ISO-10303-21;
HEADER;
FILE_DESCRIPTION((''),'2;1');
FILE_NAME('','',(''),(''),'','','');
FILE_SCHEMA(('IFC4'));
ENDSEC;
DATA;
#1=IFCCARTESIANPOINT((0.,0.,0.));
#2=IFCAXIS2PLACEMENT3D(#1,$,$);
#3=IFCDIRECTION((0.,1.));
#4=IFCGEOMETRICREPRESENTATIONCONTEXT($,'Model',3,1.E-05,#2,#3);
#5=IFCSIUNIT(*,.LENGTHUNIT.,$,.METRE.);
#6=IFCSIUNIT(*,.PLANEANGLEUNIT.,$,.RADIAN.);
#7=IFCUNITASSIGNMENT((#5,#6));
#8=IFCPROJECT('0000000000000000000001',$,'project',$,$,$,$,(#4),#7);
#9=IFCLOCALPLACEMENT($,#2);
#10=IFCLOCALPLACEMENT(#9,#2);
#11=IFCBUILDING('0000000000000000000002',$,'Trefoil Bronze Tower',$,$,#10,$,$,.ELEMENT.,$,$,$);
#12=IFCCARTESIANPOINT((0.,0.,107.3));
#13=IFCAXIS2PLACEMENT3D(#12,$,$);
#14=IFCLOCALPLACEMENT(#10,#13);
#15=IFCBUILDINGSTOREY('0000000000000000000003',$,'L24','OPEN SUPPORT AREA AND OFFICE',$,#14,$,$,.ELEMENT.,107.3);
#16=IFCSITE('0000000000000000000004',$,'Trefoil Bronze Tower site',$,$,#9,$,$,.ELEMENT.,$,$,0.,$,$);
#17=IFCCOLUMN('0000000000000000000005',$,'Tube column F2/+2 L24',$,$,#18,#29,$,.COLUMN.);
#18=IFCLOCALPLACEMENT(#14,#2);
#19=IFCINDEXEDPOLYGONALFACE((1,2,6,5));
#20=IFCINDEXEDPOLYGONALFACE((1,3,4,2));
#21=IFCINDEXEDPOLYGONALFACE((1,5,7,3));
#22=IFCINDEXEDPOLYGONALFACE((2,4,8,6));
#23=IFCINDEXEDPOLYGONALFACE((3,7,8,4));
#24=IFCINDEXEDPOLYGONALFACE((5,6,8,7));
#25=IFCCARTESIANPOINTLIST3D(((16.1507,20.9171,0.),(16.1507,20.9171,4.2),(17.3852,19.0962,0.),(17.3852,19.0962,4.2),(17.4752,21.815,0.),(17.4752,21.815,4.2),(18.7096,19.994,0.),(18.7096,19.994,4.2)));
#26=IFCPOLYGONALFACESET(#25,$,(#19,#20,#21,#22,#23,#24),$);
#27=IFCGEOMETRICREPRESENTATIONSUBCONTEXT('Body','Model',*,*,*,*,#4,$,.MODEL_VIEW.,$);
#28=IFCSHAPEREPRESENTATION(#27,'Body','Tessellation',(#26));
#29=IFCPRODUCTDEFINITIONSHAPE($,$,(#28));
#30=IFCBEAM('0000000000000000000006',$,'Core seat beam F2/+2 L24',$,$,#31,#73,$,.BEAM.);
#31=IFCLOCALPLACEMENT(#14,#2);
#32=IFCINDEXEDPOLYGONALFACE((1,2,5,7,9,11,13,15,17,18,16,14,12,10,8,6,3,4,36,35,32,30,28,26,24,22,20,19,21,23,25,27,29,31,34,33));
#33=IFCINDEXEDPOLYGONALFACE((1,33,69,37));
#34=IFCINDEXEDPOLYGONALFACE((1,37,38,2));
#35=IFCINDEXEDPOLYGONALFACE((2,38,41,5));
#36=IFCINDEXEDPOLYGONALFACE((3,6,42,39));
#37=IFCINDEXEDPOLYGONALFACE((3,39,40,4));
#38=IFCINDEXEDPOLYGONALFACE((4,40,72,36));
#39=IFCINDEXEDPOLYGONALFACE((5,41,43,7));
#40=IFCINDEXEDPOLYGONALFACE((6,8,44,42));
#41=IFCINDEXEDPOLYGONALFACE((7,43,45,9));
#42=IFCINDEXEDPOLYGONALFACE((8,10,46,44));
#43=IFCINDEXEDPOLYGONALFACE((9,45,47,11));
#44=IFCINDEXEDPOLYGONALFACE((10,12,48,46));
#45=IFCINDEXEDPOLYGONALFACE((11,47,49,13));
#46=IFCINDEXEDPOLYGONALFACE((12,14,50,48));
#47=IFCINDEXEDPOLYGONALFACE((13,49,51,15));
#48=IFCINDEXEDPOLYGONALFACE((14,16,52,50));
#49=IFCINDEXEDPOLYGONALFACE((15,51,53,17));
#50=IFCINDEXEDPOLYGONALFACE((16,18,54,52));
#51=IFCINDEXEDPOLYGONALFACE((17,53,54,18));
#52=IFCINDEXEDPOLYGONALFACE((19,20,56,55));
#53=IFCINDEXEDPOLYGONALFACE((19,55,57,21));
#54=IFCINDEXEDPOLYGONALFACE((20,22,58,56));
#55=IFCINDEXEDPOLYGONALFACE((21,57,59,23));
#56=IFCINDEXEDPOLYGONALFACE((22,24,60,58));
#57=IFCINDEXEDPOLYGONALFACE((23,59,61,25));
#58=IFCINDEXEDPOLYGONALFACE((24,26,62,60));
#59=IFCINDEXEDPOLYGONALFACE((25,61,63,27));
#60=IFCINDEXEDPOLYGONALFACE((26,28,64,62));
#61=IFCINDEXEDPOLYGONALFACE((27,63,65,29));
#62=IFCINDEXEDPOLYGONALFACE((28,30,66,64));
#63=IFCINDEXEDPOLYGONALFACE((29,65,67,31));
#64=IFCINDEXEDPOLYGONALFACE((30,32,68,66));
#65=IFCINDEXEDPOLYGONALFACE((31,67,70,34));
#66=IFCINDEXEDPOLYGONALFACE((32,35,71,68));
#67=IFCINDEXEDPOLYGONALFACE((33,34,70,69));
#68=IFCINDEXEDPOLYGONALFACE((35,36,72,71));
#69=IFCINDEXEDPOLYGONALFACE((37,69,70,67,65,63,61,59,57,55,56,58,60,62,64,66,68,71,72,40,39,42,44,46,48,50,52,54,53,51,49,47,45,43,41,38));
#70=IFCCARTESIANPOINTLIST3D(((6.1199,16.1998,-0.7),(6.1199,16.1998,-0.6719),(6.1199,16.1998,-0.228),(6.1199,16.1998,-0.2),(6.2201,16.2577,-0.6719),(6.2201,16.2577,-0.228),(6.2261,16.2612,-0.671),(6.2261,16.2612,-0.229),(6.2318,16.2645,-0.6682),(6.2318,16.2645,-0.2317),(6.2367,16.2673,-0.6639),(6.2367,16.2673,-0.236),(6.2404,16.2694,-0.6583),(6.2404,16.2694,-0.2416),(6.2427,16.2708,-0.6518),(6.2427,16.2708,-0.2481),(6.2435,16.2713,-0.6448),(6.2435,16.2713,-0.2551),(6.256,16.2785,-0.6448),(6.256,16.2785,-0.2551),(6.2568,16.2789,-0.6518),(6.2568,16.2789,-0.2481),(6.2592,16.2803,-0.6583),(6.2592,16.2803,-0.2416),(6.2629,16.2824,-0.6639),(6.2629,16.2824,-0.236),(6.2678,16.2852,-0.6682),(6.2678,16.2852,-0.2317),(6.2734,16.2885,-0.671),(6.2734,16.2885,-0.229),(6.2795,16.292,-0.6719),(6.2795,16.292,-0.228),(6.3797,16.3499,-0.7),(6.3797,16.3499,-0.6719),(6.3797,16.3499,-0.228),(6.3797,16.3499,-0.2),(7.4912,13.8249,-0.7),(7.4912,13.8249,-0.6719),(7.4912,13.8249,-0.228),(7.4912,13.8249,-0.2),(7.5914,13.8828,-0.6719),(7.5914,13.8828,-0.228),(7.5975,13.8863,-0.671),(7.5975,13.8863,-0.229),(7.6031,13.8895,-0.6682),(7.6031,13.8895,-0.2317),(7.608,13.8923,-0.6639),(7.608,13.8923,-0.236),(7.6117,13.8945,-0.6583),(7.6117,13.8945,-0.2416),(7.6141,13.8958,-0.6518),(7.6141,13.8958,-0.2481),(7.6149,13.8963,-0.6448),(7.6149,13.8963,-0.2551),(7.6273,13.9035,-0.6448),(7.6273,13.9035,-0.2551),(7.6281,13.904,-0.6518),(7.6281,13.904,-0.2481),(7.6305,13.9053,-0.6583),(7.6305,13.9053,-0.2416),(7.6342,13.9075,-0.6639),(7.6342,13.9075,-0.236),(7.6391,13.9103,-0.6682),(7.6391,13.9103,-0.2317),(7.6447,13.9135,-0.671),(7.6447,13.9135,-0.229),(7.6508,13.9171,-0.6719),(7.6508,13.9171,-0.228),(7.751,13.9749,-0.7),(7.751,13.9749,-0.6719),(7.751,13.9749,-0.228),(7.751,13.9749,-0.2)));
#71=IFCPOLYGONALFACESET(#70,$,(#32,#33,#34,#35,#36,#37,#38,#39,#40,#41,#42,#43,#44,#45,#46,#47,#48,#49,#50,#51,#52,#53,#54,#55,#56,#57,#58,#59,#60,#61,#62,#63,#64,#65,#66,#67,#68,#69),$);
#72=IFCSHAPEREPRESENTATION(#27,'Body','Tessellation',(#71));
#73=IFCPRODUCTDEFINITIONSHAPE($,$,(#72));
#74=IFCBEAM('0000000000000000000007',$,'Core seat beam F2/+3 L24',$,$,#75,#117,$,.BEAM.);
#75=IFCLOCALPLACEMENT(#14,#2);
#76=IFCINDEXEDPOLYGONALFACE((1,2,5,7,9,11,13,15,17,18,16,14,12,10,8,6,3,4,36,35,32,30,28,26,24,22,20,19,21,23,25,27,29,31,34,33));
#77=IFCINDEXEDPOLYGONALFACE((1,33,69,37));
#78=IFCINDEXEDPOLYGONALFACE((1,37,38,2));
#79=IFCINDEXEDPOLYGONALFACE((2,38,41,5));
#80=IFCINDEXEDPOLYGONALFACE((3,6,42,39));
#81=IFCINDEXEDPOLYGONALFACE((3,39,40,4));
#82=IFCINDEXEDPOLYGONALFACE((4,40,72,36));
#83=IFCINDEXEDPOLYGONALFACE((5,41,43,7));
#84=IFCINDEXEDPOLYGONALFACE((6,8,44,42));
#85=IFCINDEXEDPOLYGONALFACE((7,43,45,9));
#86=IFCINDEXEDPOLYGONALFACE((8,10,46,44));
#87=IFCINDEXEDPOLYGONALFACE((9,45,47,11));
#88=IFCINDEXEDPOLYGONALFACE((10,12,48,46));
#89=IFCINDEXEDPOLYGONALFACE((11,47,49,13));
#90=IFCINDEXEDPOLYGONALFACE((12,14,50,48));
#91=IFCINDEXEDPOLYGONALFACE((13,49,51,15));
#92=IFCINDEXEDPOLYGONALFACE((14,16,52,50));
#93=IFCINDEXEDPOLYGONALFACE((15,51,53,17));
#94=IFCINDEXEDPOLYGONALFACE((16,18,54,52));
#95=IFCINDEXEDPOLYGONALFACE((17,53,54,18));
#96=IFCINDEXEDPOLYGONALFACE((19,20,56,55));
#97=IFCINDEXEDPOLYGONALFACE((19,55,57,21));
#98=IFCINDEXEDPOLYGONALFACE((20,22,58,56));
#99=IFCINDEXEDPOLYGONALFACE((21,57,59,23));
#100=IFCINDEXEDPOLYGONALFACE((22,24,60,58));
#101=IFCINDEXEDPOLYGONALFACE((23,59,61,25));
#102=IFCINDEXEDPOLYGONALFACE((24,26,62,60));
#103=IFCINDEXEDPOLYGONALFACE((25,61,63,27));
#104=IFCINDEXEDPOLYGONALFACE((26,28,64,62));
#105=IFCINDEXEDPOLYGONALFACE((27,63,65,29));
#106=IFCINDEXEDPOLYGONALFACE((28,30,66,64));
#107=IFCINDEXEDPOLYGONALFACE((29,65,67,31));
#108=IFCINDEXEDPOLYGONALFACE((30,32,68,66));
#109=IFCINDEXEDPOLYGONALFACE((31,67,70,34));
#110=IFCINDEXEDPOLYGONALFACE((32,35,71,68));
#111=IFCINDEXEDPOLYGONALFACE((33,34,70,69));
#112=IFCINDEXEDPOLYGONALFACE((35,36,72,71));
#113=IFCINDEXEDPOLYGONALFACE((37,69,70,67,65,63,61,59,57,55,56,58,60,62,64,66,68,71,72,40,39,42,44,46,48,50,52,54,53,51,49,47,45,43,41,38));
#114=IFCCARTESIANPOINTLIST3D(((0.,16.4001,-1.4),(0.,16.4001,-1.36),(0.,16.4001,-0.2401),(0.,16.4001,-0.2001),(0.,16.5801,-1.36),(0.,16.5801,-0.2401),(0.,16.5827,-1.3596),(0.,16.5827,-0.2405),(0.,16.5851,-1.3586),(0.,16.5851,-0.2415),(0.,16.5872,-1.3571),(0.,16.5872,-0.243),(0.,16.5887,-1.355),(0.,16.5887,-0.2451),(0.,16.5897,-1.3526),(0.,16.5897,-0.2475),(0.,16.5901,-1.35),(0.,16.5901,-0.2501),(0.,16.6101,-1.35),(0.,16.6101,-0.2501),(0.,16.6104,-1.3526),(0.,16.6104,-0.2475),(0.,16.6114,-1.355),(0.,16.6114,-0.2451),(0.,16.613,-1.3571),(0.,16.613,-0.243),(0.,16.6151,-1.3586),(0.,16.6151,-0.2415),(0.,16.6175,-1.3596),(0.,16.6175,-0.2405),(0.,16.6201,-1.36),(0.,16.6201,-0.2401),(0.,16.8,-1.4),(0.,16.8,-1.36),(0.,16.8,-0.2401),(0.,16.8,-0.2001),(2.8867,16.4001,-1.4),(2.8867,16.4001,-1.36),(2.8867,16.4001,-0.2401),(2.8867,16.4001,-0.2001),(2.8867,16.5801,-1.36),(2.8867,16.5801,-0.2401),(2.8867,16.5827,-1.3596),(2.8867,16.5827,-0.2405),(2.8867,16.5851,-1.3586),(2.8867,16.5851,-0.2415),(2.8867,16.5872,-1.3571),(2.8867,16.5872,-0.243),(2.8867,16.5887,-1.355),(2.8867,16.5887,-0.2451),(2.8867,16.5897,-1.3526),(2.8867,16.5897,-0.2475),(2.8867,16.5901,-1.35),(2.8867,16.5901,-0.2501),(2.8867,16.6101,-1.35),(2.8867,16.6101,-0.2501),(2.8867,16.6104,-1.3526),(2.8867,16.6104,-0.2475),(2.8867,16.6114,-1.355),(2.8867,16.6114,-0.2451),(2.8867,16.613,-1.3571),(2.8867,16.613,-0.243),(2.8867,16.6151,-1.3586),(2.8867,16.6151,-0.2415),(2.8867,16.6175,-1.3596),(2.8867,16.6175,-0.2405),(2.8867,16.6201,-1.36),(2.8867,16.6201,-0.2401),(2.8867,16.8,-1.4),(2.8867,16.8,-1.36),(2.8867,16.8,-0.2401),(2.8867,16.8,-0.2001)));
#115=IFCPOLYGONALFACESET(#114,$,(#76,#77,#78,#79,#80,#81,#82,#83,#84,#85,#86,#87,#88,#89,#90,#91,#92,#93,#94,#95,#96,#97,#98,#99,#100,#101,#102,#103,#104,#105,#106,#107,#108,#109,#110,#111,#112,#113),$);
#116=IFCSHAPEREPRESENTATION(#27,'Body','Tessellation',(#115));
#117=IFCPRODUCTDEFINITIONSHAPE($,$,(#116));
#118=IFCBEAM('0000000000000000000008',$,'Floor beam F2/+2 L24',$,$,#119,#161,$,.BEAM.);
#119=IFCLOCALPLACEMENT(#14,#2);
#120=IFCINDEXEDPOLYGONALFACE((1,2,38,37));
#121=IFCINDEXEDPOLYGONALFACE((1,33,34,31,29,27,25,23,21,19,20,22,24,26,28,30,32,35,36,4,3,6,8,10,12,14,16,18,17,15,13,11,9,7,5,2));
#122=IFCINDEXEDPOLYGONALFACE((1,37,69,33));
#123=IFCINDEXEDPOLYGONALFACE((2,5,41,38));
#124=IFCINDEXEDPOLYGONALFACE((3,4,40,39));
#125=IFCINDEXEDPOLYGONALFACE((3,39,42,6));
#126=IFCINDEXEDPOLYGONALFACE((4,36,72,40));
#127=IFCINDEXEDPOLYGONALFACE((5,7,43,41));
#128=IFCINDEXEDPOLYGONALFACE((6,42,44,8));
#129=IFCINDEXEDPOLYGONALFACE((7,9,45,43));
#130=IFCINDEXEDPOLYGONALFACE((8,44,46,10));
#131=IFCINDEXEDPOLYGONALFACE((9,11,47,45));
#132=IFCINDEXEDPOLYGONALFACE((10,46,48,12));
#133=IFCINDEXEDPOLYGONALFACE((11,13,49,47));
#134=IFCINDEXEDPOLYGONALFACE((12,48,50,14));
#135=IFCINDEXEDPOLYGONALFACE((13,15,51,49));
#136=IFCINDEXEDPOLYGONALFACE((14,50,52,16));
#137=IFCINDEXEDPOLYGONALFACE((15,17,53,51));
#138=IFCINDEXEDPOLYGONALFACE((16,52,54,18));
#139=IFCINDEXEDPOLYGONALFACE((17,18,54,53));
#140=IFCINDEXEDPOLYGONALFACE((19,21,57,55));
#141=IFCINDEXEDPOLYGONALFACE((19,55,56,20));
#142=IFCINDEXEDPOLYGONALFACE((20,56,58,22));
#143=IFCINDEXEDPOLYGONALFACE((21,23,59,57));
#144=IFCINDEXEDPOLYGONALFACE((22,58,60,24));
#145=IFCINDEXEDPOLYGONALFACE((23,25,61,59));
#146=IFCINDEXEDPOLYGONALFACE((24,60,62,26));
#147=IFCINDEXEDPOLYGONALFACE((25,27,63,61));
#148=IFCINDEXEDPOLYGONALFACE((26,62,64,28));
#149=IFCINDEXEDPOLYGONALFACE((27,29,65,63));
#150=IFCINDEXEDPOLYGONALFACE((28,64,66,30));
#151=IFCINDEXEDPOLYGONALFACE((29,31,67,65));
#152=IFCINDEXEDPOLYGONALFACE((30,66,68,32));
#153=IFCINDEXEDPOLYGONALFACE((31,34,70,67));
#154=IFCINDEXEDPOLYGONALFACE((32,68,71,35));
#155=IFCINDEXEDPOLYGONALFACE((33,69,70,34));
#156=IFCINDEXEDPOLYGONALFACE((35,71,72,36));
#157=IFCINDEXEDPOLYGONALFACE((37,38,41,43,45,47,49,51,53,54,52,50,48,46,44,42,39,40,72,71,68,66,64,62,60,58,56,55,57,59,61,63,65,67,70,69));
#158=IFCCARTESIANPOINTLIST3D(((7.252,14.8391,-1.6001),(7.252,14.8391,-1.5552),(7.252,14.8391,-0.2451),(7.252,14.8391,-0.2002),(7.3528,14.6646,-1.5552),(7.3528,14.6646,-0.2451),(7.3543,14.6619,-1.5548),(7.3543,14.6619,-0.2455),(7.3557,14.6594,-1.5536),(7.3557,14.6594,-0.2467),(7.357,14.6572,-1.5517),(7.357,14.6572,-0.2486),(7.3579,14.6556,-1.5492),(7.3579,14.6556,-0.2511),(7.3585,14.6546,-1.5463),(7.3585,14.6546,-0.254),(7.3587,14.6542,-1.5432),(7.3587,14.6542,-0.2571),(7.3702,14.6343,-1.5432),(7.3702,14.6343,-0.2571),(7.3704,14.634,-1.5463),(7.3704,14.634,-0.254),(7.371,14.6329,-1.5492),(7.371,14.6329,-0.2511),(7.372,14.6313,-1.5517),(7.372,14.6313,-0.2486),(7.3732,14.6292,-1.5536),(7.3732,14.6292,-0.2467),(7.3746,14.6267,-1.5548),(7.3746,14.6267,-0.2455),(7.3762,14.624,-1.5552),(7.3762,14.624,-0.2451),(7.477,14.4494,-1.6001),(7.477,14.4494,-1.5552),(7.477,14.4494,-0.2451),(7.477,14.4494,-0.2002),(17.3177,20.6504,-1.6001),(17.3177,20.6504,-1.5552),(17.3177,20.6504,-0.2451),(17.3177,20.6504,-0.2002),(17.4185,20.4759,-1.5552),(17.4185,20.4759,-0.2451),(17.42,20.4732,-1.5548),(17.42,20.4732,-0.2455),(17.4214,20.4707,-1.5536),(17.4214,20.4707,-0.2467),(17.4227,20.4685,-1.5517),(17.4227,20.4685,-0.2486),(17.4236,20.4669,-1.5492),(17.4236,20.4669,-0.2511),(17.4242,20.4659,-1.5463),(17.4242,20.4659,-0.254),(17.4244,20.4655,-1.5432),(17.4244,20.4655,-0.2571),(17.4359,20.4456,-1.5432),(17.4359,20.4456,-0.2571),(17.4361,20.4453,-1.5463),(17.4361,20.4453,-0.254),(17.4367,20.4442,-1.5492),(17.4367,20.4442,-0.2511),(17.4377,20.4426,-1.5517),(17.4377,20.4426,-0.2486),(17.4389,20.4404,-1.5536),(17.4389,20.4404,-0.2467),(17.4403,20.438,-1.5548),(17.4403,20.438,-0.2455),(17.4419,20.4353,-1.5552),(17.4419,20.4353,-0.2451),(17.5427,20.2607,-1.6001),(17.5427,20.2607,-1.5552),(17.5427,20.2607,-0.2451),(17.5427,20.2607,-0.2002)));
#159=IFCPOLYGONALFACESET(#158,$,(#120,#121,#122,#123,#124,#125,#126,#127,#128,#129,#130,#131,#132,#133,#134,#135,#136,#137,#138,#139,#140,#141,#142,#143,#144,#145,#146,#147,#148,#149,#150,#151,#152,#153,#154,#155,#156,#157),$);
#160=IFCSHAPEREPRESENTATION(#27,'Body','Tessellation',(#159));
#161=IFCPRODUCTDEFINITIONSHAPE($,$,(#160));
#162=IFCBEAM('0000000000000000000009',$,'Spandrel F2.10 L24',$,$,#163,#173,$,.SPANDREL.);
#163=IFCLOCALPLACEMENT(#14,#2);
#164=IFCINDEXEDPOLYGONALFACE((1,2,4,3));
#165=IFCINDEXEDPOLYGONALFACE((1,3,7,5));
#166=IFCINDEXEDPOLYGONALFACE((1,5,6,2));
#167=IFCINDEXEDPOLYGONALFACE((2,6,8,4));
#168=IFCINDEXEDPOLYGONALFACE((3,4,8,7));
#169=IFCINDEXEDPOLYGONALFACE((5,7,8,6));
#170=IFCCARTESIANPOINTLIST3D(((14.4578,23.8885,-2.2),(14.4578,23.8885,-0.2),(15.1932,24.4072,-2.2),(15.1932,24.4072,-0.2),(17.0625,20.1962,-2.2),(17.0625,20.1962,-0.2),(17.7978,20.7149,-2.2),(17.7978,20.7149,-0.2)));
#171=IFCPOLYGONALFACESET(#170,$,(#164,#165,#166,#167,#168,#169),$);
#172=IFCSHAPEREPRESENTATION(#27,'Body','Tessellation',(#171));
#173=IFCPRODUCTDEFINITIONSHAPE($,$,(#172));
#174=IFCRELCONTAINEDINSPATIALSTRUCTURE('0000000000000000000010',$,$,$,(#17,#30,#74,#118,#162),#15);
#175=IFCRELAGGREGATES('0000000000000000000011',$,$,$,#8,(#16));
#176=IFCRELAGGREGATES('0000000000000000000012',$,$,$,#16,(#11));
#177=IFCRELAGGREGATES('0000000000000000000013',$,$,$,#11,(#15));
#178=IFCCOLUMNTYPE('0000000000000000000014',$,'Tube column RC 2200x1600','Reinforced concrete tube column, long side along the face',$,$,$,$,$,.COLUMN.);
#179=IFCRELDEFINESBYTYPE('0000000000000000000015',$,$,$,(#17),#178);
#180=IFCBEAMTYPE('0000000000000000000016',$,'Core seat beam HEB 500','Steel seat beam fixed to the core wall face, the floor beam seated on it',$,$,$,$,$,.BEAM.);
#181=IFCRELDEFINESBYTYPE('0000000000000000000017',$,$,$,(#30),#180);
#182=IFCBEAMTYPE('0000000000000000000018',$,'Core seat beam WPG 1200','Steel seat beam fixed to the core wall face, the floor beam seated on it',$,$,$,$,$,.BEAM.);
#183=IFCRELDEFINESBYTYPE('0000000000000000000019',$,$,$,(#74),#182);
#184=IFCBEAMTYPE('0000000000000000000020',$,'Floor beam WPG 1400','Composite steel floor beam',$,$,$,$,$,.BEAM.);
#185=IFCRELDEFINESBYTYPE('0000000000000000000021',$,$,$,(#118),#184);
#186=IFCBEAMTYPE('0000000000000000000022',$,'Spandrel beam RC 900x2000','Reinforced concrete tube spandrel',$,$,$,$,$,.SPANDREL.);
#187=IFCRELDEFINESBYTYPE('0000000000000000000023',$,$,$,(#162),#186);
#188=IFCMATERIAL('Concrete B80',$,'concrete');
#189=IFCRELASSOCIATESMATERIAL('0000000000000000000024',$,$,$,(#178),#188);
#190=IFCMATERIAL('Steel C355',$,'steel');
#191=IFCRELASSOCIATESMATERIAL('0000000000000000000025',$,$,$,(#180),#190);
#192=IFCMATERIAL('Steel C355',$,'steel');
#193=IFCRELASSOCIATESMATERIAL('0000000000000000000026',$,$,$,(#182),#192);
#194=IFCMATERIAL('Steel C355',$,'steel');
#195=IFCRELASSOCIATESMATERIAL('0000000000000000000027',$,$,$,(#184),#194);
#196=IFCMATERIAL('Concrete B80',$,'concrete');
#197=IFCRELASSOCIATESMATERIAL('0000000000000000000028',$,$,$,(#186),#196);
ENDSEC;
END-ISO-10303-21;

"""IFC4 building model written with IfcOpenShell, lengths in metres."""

from ifc_helpers import new_model, si_unit, direction, frame, origin, origin_2d, place, context, subcontext, project, spatial, rectangle, i_section, extrude, material, material_profile, profile_set, type_object, element, save


model = new_model("IFC4")

# Units and contexts
model_context = context("Model", 3, precision=1e-05, world=origin(), true_north=direction((0.0, 1.0)))
body_context = subcontext(model_context, "Body", "Model", "MODEL_VIEW")
ifc_project = project(units=[si_unit("LENGTHUNIT", "METRE"), si_unit("PLANEANGLEUNIT", "RADIAN")], contexts=[model_context])

# Site, building, storey
site_placement = place(None, origin())
site = spatial("IfcSite", under=ifc_project, at=site_placement, Name="Trefoil Bronze Tower site", CompositionType="ELEMENT", RefElevation=0.0)
building_placement = place(site_placement, origin())
building = spatial("IfcBuilding", under=site, at=building_placement, Name="Trefoil Bronze Tower", CompositionType="ELEMENT")
storey_placement = place(building_placement, frame((0.0, 0.0, 107.3)))
storey = spatial("IfcBuildingStorey", under=building, at=storey_placement, Name="L24", Description="OPEN SUPPORT AREA AND OFFICE", CompositionType="ELEMENT", Elevation=107.3)

# Column
ifc_material_1 = material(Name="Concrete B80", Category="concrete")
ifc_material_profile_1 = material_profile(ifc_material_1, rectangle(XDim=2.2, YDim=1.6001, at=origin_2d()), Name="RC 2200x1600")
ifc_profile_set_1 = profile_set([ifc_material_profile_1], Name="Concrete B80")
column_type = type_object("IfcColumnType", Name="Tube column RC 2200x1600", Description="Reinforced concrete tube column, long side along the face", PredefinedType="COLUMN", material=ifc_profile_set_1)
column_placement = place(storey_placement, frame((17.4302, 20.4556, 0.0), z_axis=(0.0, 0.0, 1.0), x_axis=(-0.561136, 0.827724, 0.0)))
element("IfcColumn", 1, at=column_placement, inside=storey, type_object=column_type, Name="Tube column F2/+2 L24", PredefinedType="COLUMN", context=body_context, shape_type="SweptSolid", body=[
    extrude(rectangle(XDim=2.2, YDim=1.6001, at=origin_2d()), origin(), (0.0, 0.0, 1.0), 4.2),
])

# Beams
ifc_material_2 = material(Name="Steel C355", Category="steel")
ifc_material_profile_2 = material_profile(ifc_material_2, i_section(OverallWidth=0.3, OverallDepth=0.5, WebThickness=0.0144, FlangeThickness=0.0281, FilletRadius=0.0271, at=origin_2d()), Name="HEB 500")
ifc_profile_set_2 = profile_set([ifc_material_profile_2], Name="Steel C355")
beam_type_1 = type_object("IfcBeamType", Name="Core seat beam HEB 500", Description="Steel seat beam fixed to the core wall face, the floor beam seated on it", PredefinedType="BEAM", material=ifc_profile_set_2)
beam_1_placement = place(storey_placement, frame((7.6211, 13.8999, -0.45), z_axis=(-0.500036, 0.866005, 0.0), x_axis=(-0.866005, -0.500036, 0.0)))
element("IfcBeam", 2, at=beam_1_placement, inside=storey, type_object=beam_type_1, Name="Core seat beam F2/+2 L24", PredefinedType="BEAM", context=body_context, shape_type="SweptSolid", body=[
    extrude(i_section(OverallWidth=0.3, OverallDepth=0.5, WebThickness=0.0144, FlangeThickness=0.0281, FilletRadius=0.0271, at=origin_2d()), origin(), (0.0, 0.0, 1.0), 2.7424),
])
ifc_material_3 = material(Name="Steel C355", Category="steel")
ifc_material_profile_3 = material_profile(ifc_material_3, i_section(OverallWidth=0.3999, OverallDepth=1.2, WebThickness=0.02, FlangeThickness=0.04, FilletRadius=0.01, at=origin_2d()), Name="WPG 1200")
ifc_profile_set_3 = profile_set([ifc_material_profile_3], Name="Steel C355")
beam_type_2 = type_object("IfcBeamType", Name="Core seat beam WPG 1200", Description="Steel seat beam fixed to the core wall face, the floor beam seated on it", PredefinedType="BEAM", material=ifc_profile_set_3)
beam_2_placement = place(storey_placement, frame((2.8867, 16.6001, -0.8), z_axis=(-1.0, 0.0, 0.0), x_axis=(0.0, -1.0, 0.0)))
element("IfcBeam", 3, at=beam_2_placement, inside=storey, type_object=beam_type_2, Name="Core seat beam F2/+3 L24", PredefinedType="BEAM", context=body_context, shape_type="SweptSolid", body=[
    extrude(i_section(OverallWidth=0.3999, OverallDepth=1.2, WebThickness=0.02, FlangeThickness=0.04, FilletRadius=0.01, at=origin_2d()), origin(), (0.0, 0.0, 1.0), 2.8867),
])
ifc_material_4 = material(Name="Steel C355", Category="steel")
ifc_material_profile_4 = material_profile(ifc_material_4, i_section(OverallWidth=0.45, OverallDepth=1.3999, WebThickness=0.0229, FlangeThickness=0.0449, FilletRadius=0.012, at=origin_2d()), Name="WPG 1400")
ifc_profile_set_4 = profile_set([ifc_material_profile_4], Name="Steel C355")
beam_type_3 = type_object("IfcBeamType", Name="Floor beam WPG 1400", Description="Composite steel floor beam", PredefinedType="BEAM", material=ifc_profile_set_4)
beam_3_placement = place(storey_placement, frame((17.4302, 20.4556, -0.9001), z_axis=(-0.866031, -0.499991, 0.0), x_axis=(0.499991, -0.866031, 0.0)))
element("IfcBeam", 4, at=beam_3_placement, inside=storey, type_object=beam_type_3, Name="Floor beam F2/+2 L24", PredefinedType="BEAM", context=body_context, shape_type="SweptSolid", body=[
    extrude(i_section(OverallWidth=0.45, OverallDepth=1.3999, WebThickness=0.0229, FlangeThickness=0.0449, FilletRadius=0.012, at=origin_2d()), origin(), (0.0, 0.0, 1.0), 11.6228),
])
ifc_material_5 = material(Name="Concrete B80", Category="concrete")
ifc_material_profile_5 = material_profile(ifc_material_5, rectangle(XDim=0.8999, YDim=2.0, at=origin_2d()), Name="RC 900x2000")
ifc_profile_set_5 = profile_set([ifc_material_profile_5], Name="Concrete B80")
beam_type_4 = type_object("IfcBeamType", Name="Spandrel beam RC 900x2000", Description="Reinforced concrete tube spandrel", PredefinedType="SPANDREL", material=ifc_profile_set_5)
beam_4_placement = place(storey_placement, frame((17.4302, 20.4556, -1.2), z_axis=(-0.576439, 0.81714, 0.0), x_axis=(-0.81714, -0.576439, 0.0)))
element("IfcBeam", 5, at=beam_4_placement, inside=storey, type_object=beam_type_4, Name="Spandrel F2.10 L24", PredefinedType="SPANDREL", context=body_context, shape_type="SweptSolid", body=[
    extrude(rectangle(XDim=0.8999, YDim=2.0, at=origin_2d()), origin(), (0.0, 0.0, 1.0), 4.5186),
])

save(model, "model.ifc")
